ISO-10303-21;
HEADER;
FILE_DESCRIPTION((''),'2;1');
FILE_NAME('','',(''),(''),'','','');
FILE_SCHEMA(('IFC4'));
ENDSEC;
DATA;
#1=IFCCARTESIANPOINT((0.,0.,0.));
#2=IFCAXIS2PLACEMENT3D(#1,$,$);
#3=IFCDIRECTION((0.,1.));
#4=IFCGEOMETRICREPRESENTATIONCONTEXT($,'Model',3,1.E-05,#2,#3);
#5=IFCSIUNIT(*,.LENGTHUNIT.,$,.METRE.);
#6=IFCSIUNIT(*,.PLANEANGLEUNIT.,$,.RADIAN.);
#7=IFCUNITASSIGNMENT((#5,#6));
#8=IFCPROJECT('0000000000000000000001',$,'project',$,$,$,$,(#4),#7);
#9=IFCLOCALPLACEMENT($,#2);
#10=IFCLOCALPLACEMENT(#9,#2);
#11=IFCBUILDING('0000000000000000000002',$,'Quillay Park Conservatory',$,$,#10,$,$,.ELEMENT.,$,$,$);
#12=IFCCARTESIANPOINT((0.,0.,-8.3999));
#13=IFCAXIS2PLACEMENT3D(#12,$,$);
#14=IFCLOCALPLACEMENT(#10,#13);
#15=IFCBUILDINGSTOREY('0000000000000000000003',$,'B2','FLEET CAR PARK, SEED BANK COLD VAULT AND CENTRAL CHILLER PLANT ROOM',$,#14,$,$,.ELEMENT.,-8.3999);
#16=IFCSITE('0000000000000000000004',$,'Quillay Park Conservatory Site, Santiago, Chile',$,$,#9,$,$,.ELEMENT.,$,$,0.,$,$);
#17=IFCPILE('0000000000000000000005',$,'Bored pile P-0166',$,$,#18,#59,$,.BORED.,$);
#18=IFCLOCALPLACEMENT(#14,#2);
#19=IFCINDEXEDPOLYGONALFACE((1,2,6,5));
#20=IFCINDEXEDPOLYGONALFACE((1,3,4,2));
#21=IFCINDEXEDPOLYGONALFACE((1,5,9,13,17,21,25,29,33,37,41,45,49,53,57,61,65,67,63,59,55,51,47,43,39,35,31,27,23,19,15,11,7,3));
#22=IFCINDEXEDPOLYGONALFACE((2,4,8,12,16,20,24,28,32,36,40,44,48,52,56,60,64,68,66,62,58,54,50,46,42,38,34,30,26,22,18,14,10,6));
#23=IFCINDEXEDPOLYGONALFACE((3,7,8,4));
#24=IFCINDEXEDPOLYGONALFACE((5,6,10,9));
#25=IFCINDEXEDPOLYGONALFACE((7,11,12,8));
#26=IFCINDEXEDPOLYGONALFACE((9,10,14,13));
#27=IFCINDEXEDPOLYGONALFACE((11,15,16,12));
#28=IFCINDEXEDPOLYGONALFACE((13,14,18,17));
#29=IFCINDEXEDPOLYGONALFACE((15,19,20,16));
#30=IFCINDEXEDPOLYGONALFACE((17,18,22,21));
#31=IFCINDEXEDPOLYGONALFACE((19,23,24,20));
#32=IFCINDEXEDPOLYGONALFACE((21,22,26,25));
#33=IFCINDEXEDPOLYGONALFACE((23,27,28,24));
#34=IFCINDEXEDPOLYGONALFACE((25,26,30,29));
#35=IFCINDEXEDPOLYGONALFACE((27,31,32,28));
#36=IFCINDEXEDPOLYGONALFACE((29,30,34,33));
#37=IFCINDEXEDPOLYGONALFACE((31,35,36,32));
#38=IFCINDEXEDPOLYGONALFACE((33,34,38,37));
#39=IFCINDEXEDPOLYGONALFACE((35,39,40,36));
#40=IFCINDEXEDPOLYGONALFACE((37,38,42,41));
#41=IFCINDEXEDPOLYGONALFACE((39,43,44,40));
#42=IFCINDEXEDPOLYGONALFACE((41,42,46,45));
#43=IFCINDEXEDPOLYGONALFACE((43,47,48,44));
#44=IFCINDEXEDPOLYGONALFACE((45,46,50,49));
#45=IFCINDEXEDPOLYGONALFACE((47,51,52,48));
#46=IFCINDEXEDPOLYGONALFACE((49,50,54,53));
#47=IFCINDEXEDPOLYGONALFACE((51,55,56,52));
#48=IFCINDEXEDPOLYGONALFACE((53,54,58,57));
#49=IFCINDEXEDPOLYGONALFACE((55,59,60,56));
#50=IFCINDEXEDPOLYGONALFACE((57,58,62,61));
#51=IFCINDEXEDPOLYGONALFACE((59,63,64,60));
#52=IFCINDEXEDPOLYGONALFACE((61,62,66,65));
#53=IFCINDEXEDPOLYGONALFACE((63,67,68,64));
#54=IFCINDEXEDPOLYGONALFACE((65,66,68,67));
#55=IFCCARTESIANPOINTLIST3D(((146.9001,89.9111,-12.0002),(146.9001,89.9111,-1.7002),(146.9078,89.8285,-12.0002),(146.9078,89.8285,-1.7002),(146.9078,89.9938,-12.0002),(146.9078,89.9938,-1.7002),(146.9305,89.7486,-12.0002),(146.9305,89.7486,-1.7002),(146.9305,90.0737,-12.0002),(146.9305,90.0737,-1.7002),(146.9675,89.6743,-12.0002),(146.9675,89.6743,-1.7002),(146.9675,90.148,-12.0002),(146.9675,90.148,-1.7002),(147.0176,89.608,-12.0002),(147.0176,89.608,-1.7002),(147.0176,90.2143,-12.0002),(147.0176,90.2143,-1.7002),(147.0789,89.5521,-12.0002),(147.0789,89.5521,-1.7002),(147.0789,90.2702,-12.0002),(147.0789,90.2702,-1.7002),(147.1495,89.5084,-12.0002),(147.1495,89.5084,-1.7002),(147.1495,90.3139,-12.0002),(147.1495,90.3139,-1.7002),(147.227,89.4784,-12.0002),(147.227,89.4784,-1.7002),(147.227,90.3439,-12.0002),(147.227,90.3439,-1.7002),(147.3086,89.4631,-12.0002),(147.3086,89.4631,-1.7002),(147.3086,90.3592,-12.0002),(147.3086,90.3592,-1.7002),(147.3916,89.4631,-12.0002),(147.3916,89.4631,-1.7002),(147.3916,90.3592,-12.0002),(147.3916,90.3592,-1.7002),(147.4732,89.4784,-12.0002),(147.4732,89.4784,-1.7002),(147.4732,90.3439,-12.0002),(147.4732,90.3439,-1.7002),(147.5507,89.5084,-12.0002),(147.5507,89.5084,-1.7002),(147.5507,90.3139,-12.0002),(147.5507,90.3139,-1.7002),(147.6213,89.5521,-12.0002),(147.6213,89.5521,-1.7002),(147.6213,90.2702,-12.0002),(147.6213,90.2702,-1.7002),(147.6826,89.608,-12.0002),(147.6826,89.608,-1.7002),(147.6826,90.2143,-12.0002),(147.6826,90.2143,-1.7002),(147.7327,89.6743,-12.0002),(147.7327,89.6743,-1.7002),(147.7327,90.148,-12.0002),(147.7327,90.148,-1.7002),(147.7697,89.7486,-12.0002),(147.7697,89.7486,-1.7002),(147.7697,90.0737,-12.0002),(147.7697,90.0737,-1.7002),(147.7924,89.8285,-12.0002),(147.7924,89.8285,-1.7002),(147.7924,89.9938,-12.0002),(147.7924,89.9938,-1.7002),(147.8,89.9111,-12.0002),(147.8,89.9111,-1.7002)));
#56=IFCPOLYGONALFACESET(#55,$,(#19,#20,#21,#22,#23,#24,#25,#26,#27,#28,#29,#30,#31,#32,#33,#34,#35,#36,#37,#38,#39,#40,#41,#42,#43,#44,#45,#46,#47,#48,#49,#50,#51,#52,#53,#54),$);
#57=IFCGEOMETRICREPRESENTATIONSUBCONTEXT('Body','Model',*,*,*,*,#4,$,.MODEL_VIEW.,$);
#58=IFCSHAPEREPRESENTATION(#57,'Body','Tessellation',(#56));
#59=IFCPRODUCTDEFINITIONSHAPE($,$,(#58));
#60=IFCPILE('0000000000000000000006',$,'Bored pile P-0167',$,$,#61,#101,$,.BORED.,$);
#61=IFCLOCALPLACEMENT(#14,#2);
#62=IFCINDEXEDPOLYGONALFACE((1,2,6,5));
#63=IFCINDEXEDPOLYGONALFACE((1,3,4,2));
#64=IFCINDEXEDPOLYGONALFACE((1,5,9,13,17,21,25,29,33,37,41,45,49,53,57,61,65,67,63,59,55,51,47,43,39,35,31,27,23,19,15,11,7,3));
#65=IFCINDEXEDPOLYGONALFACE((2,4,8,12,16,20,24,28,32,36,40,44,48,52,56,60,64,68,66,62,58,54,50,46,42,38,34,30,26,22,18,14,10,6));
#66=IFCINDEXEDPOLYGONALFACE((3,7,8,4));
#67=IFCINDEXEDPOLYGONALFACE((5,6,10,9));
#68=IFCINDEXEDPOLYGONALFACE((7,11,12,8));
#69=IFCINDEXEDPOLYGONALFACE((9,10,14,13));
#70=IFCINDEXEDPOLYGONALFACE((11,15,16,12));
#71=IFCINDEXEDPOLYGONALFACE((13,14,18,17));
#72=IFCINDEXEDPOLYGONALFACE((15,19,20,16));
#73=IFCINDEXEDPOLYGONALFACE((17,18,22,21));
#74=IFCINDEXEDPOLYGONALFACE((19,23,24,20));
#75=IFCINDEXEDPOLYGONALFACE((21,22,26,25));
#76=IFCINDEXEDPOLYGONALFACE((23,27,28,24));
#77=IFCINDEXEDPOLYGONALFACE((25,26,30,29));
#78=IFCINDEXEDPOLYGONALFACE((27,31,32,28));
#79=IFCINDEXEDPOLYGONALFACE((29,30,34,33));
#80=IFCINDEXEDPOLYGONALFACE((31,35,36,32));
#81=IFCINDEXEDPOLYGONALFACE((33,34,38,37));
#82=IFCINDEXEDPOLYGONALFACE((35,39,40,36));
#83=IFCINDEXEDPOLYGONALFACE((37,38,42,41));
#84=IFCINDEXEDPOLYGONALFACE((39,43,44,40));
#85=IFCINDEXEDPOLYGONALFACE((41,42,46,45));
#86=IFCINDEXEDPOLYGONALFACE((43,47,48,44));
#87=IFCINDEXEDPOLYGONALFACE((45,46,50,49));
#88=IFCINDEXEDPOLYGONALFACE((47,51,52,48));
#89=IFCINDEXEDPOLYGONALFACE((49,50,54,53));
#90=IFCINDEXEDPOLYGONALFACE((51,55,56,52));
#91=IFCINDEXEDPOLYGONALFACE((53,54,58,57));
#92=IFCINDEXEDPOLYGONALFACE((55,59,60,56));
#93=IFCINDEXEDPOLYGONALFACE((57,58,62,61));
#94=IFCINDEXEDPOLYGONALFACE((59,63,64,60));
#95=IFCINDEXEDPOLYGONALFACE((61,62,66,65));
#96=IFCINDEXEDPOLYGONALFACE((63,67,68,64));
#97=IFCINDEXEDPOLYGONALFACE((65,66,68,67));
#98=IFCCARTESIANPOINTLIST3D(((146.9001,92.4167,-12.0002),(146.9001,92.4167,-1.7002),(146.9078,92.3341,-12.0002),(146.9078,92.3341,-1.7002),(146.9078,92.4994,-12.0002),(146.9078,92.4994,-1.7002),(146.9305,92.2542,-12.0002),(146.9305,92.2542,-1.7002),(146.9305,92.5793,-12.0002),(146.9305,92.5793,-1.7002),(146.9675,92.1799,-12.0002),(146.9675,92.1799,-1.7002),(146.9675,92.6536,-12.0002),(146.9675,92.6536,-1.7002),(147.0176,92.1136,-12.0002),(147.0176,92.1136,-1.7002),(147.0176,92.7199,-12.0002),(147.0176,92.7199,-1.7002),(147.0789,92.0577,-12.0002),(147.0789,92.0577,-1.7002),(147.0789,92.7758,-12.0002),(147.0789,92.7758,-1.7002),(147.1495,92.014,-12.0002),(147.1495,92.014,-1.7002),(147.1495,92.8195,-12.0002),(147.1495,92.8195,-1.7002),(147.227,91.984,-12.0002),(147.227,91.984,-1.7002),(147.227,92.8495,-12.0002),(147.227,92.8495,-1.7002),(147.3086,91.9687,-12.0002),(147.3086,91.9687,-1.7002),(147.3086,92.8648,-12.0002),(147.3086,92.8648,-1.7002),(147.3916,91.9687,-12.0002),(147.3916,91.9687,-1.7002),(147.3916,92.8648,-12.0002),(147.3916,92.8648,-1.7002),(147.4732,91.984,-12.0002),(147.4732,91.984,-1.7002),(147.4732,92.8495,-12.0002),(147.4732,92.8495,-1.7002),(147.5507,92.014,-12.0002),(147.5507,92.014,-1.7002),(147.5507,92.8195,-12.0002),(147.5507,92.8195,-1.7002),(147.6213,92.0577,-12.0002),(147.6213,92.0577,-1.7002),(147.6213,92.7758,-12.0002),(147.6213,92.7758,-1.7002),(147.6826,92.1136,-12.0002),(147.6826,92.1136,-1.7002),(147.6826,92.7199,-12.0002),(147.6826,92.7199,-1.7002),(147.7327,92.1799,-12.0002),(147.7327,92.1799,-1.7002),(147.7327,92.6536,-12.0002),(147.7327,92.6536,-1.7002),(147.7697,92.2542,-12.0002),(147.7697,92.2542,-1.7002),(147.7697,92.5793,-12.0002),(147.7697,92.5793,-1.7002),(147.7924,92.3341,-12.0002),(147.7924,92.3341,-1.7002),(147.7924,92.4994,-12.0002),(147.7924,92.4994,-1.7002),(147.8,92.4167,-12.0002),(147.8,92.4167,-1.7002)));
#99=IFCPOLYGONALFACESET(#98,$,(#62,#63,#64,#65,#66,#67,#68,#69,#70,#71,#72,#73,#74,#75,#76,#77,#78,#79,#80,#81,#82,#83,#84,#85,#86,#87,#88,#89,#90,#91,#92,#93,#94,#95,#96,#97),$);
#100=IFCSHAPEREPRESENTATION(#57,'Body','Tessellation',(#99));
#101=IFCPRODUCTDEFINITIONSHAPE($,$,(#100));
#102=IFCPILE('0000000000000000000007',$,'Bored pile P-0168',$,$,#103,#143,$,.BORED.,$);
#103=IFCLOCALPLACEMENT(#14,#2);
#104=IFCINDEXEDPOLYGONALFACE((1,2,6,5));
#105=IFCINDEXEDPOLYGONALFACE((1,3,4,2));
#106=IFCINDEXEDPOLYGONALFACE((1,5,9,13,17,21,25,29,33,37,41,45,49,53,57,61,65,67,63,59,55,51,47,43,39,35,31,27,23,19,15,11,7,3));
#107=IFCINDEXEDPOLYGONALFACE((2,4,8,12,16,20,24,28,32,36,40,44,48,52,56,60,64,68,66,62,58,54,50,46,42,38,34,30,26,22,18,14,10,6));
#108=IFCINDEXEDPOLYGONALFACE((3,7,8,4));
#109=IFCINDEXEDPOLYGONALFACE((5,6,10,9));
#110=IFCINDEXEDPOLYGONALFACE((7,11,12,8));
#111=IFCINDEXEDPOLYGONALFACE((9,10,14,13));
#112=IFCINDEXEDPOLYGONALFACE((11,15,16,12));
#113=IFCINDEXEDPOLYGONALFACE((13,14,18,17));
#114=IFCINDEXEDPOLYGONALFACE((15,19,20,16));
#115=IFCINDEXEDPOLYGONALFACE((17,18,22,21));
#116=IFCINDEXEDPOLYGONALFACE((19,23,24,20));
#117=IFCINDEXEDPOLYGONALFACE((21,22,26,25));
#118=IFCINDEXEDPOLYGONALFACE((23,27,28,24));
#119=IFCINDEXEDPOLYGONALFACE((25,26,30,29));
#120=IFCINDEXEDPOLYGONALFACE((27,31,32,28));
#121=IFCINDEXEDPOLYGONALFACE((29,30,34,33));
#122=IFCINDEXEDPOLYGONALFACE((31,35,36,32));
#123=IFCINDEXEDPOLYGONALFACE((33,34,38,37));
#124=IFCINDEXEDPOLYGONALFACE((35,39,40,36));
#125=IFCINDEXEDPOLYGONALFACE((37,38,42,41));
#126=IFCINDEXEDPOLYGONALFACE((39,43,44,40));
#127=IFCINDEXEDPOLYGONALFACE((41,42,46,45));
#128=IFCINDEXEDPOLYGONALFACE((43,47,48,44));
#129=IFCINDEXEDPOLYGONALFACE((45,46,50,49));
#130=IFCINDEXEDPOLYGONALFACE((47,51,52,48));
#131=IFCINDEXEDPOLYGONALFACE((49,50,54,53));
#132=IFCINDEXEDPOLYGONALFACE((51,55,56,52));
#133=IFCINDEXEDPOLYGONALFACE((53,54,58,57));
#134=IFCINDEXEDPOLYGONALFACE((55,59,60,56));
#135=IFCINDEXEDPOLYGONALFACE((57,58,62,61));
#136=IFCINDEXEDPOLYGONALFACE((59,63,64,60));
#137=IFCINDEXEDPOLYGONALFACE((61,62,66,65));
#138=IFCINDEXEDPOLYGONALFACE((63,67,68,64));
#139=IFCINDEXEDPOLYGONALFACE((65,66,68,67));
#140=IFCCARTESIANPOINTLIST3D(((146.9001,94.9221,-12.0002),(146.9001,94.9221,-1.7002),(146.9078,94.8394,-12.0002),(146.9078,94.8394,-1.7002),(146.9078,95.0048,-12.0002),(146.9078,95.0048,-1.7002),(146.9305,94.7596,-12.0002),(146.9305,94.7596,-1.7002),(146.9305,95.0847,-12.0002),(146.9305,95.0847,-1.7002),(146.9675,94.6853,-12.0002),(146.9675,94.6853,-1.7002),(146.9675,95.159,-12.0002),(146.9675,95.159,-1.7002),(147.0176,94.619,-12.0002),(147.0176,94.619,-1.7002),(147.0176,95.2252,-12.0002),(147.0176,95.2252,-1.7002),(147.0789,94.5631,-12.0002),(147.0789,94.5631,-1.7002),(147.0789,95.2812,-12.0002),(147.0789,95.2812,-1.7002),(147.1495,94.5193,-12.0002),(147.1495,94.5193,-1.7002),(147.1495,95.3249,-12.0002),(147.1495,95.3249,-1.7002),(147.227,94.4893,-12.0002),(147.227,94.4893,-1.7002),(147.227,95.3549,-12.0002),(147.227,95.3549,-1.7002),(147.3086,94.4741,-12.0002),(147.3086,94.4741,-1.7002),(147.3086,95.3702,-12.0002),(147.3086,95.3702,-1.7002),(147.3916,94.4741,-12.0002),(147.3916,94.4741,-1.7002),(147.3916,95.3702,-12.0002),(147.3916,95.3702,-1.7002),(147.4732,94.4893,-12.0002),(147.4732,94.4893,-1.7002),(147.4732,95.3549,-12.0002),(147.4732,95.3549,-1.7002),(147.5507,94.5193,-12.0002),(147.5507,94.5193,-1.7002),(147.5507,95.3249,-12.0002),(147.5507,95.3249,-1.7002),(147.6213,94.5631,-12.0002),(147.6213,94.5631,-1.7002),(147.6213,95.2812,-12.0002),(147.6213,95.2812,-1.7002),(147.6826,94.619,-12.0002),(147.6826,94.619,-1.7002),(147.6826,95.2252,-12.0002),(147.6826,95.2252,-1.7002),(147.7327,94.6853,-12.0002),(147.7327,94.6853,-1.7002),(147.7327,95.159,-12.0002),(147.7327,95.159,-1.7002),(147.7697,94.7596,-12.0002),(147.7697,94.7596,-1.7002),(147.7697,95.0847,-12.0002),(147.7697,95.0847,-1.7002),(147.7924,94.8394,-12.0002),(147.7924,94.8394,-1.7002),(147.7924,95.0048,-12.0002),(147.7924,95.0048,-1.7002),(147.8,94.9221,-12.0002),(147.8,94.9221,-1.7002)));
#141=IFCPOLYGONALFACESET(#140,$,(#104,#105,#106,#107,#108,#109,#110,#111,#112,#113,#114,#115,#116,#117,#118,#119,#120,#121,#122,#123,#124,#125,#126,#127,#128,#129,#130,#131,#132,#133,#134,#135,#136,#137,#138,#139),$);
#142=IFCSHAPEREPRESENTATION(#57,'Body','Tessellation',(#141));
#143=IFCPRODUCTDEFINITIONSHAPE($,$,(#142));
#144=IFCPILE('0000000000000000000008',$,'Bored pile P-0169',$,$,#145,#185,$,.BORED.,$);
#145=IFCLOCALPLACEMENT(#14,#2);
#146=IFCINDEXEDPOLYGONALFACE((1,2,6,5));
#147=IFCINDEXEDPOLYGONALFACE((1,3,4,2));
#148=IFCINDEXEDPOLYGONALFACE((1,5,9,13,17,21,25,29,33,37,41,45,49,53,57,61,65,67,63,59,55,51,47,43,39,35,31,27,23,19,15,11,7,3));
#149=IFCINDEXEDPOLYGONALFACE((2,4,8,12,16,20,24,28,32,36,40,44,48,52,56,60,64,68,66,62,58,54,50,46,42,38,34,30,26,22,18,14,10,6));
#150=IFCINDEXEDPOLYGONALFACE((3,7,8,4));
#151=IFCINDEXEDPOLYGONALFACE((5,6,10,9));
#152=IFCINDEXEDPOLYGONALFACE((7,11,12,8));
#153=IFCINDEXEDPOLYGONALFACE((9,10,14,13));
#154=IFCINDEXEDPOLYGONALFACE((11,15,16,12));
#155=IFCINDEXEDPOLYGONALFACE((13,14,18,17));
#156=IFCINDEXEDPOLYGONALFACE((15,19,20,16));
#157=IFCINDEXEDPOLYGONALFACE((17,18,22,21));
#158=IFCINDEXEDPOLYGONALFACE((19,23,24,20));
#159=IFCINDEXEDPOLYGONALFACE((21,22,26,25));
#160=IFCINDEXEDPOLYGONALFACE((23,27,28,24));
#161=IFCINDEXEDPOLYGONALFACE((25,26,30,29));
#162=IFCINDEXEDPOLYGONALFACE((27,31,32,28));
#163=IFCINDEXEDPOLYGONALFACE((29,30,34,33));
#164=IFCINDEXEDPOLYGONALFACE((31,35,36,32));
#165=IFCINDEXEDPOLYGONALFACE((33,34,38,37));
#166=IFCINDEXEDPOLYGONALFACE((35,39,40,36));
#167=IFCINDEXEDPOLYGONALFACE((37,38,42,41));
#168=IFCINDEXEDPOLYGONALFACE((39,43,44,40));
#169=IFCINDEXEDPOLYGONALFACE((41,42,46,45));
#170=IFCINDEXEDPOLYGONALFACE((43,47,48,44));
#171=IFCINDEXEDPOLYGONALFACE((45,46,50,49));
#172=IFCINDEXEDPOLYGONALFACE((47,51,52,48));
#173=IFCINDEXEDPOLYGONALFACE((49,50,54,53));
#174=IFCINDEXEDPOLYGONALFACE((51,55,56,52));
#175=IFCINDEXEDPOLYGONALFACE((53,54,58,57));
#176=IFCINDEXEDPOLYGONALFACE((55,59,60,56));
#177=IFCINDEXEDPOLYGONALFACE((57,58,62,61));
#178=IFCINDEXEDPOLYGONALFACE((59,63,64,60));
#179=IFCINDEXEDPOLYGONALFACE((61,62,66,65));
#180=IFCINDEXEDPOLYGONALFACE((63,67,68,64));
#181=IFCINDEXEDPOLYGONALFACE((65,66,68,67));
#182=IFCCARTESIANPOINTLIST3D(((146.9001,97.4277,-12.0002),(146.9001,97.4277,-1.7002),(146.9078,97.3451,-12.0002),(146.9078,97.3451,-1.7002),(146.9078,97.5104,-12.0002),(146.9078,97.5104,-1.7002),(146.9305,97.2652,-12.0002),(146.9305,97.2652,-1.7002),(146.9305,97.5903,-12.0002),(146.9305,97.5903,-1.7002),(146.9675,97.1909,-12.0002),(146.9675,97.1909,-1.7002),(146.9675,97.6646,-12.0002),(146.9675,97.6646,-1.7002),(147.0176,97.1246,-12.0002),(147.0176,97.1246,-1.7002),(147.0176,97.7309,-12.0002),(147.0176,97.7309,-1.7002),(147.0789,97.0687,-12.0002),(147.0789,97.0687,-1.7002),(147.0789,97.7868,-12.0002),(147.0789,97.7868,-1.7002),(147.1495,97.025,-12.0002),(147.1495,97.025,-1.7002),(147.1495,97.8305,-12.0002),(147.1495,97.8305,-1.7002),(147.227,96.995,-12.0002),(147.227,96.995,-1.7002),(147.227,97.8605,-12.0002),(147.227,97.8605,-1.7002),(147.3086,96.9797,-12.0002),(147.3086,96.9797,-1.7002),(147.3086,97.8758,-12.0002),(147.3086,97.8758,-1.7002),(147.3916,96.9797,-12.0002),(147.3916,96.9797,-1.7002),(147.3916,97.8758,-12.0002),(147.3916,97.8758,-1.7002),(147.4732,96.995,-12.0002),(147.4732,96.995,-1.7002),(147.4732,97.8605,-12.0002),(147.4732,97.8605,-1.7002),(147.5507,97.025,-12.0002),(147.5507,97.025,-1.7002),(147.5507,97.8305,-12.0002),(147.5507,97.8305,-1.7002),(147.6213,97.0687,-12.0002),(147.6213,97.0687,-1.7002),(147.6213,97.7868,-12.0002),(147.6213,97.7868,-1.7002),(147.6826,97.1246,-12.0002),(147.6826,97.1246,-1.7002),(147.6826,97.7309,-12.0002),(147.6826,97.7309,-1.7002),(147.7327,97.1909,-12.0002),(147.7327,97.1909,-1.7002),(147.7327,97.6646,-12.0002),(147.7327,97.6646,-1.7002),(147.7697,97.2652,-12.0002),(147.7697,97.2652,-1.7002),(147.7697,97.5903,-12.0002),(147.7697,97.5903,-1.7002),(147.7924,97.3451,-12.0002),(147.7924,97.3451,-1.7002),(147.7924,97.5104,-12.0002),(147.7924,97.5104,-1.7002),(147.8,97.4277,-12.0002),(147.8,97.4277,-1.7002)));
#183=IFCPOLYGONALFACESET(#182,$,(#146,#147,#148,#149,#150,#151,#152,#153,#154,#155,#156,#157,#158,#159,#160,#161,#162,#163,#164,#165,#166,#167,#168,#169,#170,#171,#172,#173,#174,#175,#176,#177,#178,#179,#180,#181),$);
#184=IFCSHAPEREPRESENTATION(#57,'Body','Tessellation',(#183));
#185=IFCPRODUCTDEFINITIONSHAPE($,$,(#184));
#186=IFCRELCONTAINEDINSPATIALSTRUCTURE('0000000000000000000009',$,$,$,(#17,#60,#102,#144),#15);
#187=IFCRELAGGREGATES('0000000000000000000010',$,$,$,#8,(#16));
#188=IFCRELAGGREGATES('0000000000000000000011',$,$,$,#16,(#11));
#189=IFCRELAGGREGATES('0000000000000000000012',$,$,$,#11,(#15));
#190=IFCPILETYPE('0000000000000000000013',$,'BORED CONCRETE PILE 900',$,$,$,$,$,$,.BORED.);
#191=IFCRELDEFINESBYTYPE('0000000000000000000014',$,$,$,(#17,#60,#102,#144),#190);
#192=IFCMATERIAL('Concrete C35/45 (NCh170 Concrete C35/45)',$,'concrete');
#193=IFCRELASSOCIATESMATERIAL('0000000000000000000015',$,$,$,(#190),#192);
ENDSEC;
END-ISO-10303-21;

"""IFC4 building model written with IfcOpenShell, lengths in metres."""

from ifc_helpers import new_model, si_unit, direction, frame, origin, origin_2d, place, context, subcontext, project, spatial, circle, extrude, material, material_profile, profile_set, type_object, element, save


model = new_model("IFC4")

# Units and contexts
model_context = context("Model", 3, precision=1e-05, world=origin(), true_north=direction((0.0, 1.0)))
body_context = subcontext(model_context, "Body", "Model", "MODEL_VIEW")
ifc_project = project(units=[si_unit("LENGTHUNIT", "METRE"), si_unit("PLANEANGLEUNIT", "RADIAN")], contexts=[model_context])

# Site, building, storey
site_placement = place(None, origin())
site = spatial("IfcSite", under=ifc_project, at=site_placement, Name="Quillay Park Conservatory Site, Santiago, Chile", CompositionType="ELEMENT", RefElevation=0.0)
building_placement = place(site_placement, origin())
building = spatial("IfcBuilding", under=site, at=building_placement, Name="Quillay Park Conservatory", CompositionType="ELEMENT")
storey_placement = place(building_placement, frame((0.0, 0.0, -8.3999)))
storey = spatial("IfcBuildingStorey", under=building, at=storey_placement, Name="B2", Description="FLEET CAR PARK, SEED BANK COLD VAULT AND CENTRAL CHILLER PLANT ROOM", CompositionType="ELEMENT", Elevation=-8.3999)

# Piles
ifc_material_1 = material(Name="Concrete C35/45 (NCh170 Concrete C35/45)", Category="concrete")
ifc_material_profile_1 = material_profile(ifc_material_1, circle(Radius=0.45, at=origin_2d()), Name="PILE900")
ifc_profile_set_1 = profile_set([ifc_material_profile_1], Name="Concrete C35/45 (NCh170 Concrete C35/45)")
pile_type = type_object("IfcPileType", Name="BORED CONCRETE PILE 900", PredefinedType="BORED", material=ifc_profile_set_1)
for number, where, z_axis, x_axis, name in (
    (1, (147.3501, 89.9111, -1.7002), (0.0, 0.0, -1.0), (1.0, 0.0, 0.0), "Bored pile P-0166"),
    (2, (147.3501, 92.4167, -1.7002), (0.0, 0.0, -1.0), (1.0, 0.0, 0.0), "Bored pile P-0167"),
    (3, (147.3501, 94.9221, -1.7002), (0.0, 0.0, -1.0), (1.0, 0.0, 0.0), "Bored pile P-0168"),
    (4, (147.3501, 97.4277, -1.7002), (0.0, 0.0, -1.0), (1.0, 0.0, 0.0), "Bored pile P-0169"),
):
    element("IfcPile", number, at=place(storey_placement, frame(where, z_axis=z_axis, x_axis=x_axis)), inside=storey, type_object=pile_type, Name=name, PredefinedType="BORED", context=body_context, shape_type="SweptSolid", body=[
        extrude(circle(Radius=0.45, at=origin_2d()), origin(), (0.0, 0.0, 1.0), 10.3),
    ])

save(model, "model.ifc")
